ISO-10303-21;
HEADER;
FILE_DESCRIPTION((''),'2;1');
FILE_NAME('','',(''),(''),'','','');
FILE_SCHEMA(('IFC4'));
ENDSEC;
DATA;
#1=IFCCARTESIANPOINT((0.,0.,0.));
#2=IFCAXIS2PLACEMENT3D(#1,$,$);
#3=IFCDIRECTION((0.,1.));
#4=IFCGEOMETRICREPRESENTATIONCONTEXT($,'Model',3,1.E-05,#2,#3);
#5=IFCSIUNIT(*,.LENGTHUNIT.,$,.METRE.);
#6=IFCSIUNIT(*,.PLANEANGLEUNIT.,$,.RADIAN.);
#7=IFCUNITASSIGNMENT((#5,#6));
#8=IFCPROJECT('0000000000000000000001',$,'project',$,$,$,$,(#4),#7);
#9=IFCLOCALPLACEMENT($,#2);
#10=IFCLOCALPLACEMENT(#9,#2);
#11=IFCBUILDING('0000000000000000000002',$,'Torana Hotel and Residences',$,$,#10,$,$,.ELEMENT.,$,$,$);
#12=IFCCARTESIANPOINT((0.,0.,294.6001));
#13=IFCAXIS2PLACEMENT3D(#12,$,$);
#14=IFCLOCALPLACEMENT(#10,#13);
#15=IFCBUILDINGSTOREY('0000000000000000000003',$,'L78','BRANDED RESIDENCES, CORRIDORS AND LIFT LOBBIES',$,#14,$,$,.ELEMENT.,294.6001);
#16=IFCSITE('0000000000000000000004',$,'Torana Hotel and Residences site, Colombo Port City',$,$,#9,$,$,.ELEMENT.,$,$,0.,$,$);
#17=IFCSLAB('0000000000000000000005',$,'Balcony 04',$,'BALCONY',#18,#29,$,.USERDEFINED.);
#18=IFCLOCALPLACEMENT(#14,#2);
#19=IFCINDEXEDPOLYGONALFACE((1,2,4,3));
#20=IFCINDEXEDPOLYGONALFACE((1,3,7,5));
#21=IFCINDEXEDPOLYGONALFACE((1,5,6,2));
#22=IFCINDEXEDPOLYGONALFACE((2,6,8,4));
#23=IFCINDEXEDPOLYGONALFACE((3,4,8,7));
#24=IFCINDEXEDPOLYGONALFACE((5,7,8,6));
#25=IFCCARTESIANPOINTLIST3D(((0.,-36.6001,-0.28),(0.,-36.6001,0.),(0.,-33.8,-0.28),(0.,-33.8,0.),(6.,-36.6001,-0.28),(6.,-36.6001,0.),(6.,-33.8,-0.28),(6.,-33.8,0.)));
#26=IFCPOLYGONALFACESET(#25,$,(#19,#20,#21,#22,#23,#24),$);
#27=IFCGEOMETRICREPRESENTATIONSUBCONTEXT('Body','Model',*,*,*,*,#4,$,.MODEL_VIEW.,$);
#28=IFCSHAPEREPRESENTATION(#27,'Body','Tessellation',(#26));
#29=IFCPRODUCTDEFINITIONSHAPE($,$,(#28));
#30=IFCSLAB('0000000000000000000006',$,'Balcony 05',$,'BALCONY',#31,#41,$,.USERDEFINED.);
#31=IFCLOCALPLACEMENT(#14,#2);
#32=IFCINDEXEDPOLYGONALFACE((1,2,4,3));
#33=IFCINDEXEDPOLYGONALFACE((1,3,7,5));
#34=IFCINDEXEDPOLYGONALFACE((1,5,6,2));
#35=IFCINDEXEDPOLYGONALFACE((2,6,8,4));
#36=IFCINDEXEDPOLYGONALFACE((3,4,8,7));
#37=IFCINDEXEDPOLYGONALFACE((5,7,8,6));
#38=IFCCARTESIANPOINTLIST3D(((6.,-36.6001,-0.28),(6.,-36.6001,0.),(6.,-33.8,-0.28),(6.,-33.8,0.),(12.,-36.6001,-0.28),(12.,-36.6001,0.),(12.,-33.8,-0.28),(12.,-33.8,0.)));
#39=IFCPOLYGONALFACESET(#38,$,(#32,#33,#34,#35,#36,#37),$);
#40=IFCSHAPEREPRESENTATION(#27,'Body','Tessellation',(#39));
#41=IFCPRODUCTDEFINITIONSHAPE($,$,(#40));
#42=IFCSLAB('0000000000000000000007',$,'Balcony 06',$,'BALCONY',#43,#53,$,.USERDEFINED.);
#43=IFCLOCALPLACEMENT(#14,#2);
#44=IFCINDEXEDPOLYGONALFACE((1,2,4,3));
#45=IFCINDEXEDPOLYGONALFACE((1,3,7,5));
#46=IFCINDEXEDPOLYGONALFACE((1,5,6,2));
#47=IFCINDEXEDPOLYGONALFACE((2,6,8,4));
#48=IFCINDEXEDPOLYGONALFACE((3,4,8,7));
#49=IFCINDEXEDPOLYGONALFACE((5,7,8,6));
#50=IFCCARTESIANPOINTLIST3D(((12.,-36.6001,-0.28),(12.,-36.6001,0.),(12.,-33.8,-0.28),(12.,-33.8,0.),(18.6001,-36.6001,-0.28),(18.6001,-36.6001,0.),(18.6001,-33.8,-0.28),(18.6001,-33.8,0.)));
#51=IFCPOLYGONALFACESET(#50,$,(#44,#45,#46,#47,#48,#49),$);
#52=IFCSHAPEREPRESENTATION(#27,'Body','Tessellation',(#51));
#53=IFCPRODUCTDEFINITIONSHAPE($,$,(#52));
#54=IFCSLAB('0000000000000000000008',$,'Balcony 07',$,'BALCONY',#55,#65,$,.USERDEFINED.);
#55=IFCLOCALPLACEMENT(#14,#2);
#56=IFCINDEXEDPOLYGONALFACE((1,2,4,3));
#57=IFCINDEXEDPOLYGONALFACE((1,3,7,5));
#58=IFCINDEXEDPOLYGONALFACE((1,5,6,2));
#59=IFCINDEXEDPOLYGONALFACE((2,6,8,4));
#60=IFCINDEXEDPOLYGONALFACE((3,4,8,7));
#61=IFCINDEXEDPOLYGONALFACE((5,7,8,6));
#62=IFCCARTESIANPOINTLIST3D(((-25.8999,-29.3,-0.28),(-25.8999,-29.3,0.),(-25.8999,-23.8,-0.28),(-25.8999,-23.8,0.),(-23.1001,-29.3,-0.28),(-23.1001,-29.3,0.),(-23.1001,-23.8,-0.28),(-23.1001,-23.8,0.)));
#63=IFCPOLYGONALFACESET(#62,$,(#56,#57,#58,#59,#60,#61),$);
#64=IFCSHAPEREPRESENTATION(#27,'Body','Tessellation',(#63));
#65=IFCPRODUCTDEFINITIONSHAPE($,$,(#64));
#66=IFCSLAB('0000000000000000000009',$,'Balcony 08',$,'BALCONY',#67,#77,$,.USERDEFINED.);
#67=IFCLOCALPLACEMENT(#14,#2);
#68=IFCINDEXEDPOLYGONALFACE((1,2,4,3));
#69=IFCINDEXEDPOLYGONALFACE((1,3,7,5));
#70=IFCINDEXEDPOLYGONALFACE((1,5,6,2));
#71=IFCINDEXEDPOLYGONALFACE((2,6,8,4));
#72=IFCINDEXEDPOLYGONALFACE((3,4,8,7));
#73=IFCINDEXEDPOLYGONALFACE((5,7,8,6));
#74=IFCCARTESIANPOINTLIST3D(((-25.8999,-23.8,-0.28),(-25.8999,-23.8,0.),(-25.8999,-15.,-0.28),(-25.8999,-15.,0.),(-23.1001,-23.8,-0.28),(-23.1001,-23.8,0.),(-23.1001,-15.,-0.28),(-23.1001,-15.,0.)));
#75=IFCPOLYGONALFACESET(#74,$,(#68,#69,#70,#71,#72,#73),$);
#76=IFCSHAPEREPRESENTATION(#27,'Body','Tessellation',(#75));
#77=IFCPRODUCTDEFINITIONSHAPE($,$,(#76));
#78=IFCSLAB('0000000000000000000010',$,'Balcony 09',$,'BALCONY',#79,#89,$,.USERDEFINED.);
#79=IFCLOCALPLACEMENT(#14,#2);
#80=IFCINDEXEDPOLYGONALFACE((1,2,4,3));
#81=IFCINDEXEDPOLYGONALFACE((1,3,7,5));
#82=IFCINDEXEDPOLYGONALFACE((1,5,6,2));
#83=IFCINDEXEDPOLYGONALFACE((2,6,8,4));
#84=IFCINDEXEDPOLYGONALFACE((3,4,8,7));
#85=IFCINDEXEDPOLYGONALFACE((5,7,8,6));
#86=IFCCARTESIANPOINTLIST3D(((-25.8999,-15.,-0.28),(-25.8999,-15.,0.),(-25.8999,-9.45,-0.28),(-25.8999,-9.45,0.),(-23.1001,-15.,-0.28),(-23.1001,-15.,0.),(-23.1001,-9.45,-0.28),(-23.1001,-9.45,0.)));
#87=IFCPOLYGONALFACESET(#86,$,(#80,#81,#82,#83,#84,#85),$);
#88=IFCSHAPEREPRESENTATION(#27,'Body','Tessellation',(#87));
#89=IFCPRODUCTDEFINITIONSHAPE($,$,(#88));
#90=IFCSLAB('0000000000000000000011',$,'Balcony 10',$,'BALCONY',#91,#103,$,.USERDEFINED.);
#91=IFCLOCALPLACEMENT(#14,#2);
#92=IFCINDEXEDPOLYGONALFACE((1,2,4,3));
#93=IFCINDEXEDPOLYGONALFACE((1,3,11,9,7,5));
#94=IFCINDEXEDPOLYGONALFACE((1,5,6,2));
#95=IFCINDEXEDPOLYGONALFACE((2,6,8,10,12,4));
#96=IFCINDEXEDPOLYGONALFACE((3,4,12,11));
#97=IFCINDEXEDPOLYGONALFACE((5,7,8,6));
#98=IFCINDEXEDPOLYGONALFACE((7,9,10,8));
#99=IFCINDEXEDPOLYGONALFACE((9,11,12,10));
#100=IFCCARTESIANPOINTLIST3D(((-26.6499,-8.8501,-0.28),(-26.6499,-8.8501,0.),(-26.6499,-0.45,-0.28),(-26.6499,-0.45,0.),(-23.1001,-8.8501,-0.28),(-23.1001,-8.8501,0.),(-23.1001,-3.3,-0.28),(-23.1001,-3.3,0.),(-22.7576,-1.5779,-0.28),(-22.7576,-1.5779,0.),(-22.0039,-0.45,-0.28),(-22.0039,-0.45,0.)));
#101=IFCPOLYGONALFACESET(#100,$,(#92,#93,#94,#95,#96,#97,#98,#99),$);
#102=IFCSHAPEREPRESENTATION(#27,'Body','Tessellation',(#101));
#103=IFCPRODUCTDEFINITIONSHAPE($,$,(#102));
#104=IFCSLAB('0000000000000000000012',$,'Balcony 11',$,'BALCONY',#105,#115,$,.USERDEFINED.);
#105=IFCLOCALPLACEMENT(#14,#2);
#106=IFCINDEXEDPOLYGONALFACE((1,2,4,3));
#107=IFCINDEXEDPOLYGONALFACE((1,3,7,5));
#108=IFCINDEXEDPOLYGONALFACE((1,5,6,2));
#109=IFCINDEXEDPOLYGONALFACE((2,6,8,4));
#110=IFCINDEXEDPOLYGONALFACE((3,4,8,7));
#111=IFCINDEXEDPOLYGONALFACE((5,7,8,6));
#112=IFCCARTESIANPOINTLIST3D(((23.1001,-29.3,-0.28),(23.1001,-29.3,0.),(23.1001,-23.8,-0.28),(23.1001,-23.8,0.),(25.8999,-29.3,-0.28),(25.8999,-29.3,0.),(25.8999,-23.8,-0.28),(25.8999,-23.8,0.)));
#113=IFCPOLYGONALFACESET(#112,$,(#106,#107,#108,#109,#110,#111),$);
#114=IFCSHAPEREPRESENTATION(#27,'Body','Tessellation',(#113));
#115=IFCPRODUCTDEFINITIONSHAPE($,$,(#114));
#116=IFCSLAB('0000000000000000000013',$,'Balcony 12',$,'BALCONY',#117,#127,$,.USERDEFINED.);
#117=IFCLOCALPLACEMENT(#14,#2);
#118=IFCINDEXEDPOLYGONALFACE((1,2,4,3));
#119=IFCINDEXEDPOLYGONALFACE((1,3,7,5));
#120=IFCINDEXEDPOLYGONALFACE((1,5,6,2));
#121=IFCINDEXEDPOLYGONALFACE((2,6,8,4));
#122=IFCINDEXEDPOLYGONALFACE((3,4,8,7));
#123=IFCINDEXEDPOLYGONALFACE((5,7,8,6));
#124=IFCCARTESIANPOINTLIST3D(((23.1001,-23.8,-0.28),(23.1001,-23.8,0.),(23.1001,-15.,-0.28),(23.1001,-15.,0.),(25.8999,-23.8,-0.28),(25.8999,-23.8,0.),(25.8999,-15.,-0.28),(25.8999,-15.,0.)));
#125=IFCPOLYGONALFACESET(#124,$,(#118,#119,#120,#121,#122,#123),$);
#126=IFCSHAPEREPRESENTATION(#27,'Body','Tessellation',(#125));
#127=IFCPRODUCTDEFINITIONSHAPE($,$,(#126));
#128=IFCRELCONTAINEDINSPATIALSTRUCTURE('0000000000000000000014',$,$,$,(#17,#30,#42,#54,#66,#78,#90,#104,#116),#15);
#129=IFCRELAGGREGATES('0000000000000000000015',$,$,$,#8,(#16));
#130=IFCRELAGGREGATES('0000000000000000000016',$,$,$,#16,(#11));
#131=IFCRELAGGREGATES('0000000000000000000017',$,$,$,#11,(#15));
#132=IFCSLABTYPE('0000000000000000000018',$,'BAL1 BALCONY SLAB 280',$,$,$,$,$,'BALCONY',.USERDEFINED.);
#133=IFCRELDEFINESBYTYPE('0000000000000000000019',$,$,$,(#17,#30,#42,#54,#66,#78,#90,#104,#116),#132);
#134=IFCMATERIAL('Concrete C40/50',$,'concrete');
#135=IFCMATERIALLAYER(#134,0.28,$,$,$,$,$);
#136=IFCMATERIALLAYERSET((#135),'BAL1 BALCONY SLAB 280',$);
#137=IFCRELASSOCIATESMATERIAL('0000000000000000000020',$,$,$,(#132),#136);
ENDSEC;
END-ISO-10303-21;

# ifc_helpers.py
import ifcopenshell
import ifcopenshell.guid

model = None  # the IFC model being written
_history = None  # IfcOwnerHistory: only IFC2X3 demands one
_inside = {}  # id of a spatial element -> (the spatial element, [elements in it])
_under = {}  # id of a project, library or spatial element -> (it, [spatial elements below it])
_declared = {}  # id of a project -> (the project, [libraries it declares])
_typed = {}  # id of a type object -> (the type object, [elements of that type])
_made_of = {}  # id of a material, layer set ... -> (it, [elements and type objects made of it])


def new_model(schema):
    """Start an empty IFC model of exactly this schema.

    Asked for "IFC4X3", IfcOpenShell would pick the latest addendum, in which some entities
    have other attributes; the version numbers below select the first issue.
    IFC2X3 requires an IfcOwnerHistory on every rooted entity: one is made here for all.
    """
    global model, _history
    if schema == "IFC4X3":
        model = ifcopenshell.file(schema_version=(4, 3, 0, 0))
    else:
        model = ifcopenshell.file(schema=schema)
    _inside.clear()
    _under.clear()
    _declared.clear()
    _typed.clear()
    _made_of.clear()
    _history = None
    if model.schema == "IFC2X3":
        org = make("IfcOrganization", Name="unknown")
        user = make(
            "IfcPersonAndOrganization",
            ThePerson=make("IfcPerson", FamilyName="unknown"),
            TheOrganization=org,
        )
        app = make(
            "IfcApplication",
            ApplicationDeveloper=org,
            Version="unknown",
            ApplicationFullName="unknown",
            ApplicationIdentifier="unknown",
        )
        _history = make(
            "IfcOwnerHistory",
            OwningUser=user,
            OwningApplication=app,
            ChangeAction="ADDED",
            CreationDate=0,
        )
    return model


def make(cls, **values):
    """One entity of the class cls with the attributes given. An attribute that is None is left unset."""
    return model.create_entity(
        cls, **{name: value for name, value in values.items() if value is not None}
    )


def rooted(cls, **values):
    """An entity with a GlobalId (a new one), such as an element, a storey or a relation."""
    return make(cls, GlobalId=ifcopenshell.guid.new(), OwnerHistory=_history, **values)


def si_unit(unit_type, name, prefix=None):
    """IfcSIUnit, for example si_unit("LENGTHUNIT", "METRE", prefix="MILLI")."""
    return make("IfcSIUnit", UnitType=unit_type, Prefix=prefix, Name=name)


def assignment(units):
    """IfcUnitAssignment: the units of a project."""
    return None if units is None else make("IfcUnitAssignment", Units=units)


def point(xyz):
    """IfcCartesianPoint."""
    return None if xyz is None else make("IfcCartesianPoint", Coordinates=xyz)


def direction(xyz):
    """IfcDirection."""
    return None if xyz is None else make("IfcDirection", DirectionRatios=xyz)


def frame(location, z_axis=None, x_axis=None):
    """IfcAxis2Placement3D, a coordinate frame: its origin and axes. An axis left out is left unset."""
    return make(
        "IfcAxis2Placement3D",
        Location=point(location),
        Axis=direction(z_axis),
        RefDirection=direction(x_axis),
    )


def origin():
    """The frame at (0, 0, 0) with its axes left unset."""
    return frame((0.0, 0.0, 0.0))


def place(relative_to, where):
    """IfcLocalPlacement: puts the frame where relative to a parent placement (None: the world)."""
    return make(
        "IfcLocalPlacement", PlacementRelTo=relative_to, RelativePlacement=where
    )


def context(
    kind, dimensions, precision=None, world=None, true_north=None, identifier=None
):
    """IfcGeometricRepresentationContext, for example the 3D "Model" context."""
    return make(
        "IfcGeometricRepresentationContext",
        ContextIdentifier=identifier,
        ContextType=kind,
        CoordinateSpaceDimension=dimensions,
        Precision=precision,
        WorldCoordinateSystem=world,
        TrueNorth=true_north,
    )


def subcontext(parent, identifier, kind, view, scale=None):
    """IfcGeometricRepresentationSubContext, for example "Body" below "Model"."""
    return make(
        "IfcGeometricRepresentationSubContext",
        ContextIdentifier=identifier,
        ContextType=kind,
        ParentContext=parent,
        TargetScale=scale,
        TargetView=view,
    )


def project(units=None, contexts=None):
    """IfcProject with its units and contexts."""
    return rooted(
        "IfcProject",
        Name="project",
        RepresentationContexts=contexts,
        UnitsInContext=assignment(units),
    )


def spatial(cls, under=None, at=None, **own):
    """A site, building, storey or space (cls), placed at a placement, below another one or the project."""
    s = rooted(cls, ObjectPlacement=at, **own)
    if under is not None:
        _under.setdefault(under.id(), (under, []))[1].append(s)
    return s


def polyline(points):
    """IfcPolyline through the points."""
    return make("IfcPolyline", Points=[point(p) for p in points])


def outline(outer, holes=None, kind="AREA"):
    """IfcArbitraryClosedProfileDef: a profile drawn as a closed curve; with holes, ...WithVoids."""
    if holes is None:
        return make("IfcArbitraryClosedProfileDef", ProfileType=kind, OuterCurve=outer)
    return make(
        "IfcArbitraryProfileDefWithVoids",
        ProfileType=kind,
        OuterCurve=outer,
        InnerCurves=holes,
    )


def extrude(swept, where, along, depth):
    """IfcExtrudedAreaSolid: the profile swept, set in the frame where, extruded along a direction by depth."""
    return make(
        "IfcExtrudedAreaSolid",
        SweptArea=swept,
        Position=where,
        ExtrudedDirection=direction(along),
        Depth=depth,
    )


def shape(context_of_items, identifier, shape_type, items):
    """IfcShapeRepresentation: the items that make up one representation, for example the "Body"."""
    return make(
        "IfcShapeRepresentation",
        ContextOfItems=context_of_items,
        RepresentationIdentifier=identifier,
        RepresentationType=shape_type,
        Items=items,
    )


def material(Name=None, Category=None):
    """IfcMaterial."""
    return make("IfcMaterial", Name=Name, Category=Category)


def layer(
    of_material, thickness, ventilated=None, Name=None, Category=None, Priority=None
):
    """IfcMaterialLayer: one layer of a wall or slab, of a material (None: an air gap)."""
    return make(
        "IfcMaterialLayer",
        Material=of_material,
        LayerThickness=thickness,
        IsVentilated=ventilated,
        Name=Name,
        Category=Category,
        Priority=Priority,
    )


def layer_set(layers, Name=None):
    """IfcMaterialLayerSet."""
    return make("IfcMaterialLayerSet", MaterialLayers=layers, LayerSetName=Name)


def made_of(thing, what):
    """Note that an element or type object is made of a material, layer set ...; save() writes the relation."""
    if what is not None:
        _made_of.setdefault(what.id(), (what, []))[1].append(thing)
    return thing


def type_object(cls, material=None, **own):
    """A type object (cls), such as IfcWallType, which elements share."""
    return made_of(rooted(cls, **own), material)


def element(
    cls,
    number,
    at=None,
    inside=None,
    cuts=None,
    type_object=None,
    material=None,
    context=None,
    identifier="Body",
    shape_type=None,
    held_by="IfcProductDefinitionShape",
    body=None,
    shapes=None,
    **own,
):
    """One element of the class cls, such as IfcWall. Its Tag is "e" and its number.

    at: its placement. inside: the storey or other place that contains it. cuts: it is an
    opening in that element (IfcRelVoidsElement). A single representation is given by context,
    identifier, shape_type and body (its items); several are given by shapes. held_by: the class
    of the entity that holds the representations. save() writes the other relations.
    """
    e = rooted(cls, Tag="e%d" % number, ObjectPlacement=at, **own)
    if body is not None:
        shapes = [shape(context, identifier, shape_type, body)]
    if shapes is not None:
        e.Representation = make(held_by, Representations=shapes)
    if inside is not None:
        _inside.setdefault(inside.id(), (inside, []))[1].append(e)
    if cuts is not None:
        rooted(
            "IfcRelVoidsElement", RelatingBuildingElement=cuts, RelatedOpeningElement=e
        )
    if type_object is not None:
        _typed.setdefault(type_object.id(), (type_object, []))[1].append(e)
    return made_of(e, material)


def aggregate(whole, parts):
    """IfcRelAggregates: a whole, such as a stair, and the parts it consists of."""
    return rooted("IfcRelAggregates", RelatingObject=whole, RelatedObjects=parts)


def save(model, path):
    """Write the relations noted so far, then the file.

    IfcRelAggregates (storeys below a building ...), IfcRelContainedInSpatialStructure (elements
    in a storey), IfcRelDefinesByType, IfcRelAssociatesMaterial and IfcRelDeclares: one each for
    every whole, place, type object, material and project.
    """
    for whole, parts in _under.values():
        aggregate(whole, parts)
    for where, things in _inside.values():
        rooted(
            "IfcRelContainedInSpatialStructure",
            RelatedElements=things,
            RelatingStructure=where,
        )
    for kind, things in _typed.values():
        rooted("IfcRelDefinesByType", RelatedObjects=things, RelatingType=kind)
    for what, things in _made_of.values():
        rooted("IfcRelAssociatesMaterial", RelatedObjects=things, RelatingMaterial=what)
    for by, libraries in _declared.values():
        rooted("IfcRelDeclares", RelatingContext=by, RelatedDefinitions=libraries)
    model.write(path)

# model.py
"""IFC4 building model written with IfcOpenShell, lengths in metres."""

from ifc_helpers import new_model, si_unit, direction, frame, origin, place, context, subcontext, project, spatial, polyline, outline, extrude, material, layer, layer_set, type_object, element, save


model = new_model("IFC4")

# Units and contexts
model_context = context("Model", 3, precision=1e-05, world=origin(), true_north=direction((0.0, 1.0)))
body_context = subcontext(model_context, "Body", "Model", "MODEL_VIEW")
ifc_project = project(units=[si_unit("LENGTHUNIT", "METRE"), si_unit("PLANEANGLEUNIT", "RADIAN")], contexts=[model_context])

# Site, building, storey
site_placement = place(None, origin())
site = spatial("IfcSite", under=ifc_project, at=site_placement, Name="Torana Hotel and Residences site, Colombo Port City", CompositionType="ELEMENT", RefElevation=0.0)
building_placement = place(site_placement, origin())
building = spatial("IfcBuilding", under=site, at=building_placement, Name="Torana Hotel and Residences", CompositionType="ELEMENT")
storey_placement = place(building_placement, frame((0.0, 0.0, 294.6001)))
storey = spatial("IfcBuildingStorey", under=building, at=storey_placement, Name="L78", Description="BRANDED RESIDENCES, CORRIDORS AND LIFT LOBBIES", CompositionType="ELEMENT", Elevation=294.6001)

# Slabs
ifc_material_1 = material(Name="Concrete C40/50", Category="concrete")
ifc_layer_1 = layer(ifc_material_1, 0.28)
ifc_layer_set_1 = layer_set([ifc_layer_1], Name="BAL1 BALCONY SLAB 280")
slab_type = type_object("IfcSlabType", Name="BAL1 BALCONY SLAB 280", ElementType="BALCONY", PredefinedType="USERDEFINED", material=ifc_layer_set_1)
slab_1_placement = place(storey_placement, frame((0.0, 0.0, -0.28)))
element("IfcSlab", 1, at=slab_1_placement, inside=storey, type_object=slab_type, Name="Balcony 04", ObjectType="BALCONY", PredefinedType="USERDEFINED", context=body_context, shape_type="SweptSolid", body=[
    extrude(outline(polyline([(0.0, -36.6001), (6.0, -36.6001), (6.0, -33.8), (0.0, -33.8), (0.0, -36.6001)])), origin(), (0.0, 0.0, 1.0), 0.28),
])
slab_2_placement = place(storey_placement, frame((0.0, 0.0, -0.28)))
element("IfcSlab", 2, at=slab_2_placement, inside=storey, type_object=slab_type, Name="Balcony 05", ObjectType="BALCONY", PredefinedType="USERDEFINED", context=body_context, shape_type="SweptSolid", body=[
    extrude(outline(polyline([(6.0, -36.6001), (12.0, -36.6001), (12.0, -33.8), (6.0, -33.8), (6.0, -36.6001)])), origin(), (0.0, 0.0, 1.0), 0.28),
])
slab_3_placement = place(storey_placement, frame((0.0, 0.0, -0.28)))
element("IfcSlab", 3, at=slab_3_placement, inside=storey, type_object=slab_type, Name="Balcony 06", ObjectType="BALCONY", PredefinedType="USERDEFINED", context=body_context, shape_type="SweptSolid", body=[
    extrude(outline(polyline([(12.0, -36.6001), (18.6001, -36.6001), (18.6001, -33.8), (12.0, -33.8), (12.0, -36.6001)])), origin(), (0.0, 0.0, 1.0), 0.28),
])
slab_4_placement = place(storey_placement, frame((0.0, 0.0, -0.28)))
element("IfcSlab", 4, at=slab_4_placement, inside=storey, type_object=slab_type, Name="Balcony 07", ObjectType="BALCONY", PredefinedType="USERDEFINED", context=body_context, shape_type="SweptSolid", body=[
    extrude(outline(polyline([(-25.8999, -29.3), (-23.1001, -29.3), (-23.1001, -23.8), (-25.8999, -23.8), (-25.8999, -29.3)])), origin(), (0.0, 0.0, 1.0), 0.28),
])
slab_5_placement = place(storey_placement, frame((0.0, 0.0, -0.28)))
element("IfcSlab", 5, at=slab_5_placement, inside=storey, type_object=slab_type, Name="Balcony 08", ObjectType="BALCONY", PredefinedType="USERDEFINED", context=body_context, shape_type="SweptSolid", body=[
    extrude(outline(polyline([(-25.8999, -23.8), (-23.1001, -23.8), (-23.1001, -15.0), (-25.8999, -15.0), (-25.8999, -23.8)])), origin(), (0.0, 0.0, 1.0), 0.28),
])
slab_6_placement = place(storey_placement, frame((0.0, 0.0, -0.28)))
element("IfcSlab", 6, at=slab_6_placement, inside=storey, type_object=slab_type, Name="Balcony 09", ObjectType="BALCONY", PredefinedType="USERDEFINED", context=body_context, shape_type="SweptSolid", body=[
    extrude(outline(polyline([(-25.8999, -15.0), (-23.1001, -15.0), (-23.1001, -9.45), (-25.8999, -9.45), (-25.8999, -15.0)])), origin(), (0.0, 0.0, 1.0), 0.28),
])
slab_7_placement = place(storey_placement, frame((0.0, 0.0, -0.28)))
element("IfcSlab", 7, at=slab_7_placement, inside=storey, type_object=slab_type, Name="Balcony 10", ObjectType="BALCONY", PredefinedType="USERDEFINED", context=body_context, shape_type="SweptSolid", body=[
    extrude(outline(polyline([(-26.6499, -8.8501), (-23.1001, -8.8501), (-23.1001, -3.3), (-22.7576, -1.5779), (-22.0039, -0.45), (-26.6499, -0.45), (-26.6499, -8.8501)])), origin(), (0.0, 0.0, 1.0), 0.28),
])
slab_8_placement = place(storey_placement, frame((0.0, 0.0, -0.28)))
element("IfcSlab", 8, at=slab_8_placement, inside=storey, type_object=slab_type, Name="Balcony 11", ObjectType="BALCONY", PredefinedType="USERDEFINED", context=body_context, shape_type="SweptSolid", body=[
    extrude(outline(polyline([(23.1001, -29.3), (25.8999, -29.3), (25.8999, -23.8), (23.1001, -23.8), (23.1001, -29.3)])), origin(), (0.0, 0.0, 1.0), 0.28),
])
slab_9_placement = place(storey_placement, frame((0.0, 0.0, -0.28)))
element("IfcSlab", 9, at=slab_9_placement, inside=storey, type_object=slab_type, Name="Balcony 12", ObjectType="BALCONY", PredefinedType="USERDEFINED", context=body_context, shape_type="SweptSolid", body=[
    extrude(outline(polyline([(23.1001, -23.8), (25.8999, -23.8), (25.8999, -15.0), (23.1001, -15.0), (23.1001, -23.8)])), origin(), (0.0, 0.0, 1.0), 0.28),
])

save(model, "model.ifc")
